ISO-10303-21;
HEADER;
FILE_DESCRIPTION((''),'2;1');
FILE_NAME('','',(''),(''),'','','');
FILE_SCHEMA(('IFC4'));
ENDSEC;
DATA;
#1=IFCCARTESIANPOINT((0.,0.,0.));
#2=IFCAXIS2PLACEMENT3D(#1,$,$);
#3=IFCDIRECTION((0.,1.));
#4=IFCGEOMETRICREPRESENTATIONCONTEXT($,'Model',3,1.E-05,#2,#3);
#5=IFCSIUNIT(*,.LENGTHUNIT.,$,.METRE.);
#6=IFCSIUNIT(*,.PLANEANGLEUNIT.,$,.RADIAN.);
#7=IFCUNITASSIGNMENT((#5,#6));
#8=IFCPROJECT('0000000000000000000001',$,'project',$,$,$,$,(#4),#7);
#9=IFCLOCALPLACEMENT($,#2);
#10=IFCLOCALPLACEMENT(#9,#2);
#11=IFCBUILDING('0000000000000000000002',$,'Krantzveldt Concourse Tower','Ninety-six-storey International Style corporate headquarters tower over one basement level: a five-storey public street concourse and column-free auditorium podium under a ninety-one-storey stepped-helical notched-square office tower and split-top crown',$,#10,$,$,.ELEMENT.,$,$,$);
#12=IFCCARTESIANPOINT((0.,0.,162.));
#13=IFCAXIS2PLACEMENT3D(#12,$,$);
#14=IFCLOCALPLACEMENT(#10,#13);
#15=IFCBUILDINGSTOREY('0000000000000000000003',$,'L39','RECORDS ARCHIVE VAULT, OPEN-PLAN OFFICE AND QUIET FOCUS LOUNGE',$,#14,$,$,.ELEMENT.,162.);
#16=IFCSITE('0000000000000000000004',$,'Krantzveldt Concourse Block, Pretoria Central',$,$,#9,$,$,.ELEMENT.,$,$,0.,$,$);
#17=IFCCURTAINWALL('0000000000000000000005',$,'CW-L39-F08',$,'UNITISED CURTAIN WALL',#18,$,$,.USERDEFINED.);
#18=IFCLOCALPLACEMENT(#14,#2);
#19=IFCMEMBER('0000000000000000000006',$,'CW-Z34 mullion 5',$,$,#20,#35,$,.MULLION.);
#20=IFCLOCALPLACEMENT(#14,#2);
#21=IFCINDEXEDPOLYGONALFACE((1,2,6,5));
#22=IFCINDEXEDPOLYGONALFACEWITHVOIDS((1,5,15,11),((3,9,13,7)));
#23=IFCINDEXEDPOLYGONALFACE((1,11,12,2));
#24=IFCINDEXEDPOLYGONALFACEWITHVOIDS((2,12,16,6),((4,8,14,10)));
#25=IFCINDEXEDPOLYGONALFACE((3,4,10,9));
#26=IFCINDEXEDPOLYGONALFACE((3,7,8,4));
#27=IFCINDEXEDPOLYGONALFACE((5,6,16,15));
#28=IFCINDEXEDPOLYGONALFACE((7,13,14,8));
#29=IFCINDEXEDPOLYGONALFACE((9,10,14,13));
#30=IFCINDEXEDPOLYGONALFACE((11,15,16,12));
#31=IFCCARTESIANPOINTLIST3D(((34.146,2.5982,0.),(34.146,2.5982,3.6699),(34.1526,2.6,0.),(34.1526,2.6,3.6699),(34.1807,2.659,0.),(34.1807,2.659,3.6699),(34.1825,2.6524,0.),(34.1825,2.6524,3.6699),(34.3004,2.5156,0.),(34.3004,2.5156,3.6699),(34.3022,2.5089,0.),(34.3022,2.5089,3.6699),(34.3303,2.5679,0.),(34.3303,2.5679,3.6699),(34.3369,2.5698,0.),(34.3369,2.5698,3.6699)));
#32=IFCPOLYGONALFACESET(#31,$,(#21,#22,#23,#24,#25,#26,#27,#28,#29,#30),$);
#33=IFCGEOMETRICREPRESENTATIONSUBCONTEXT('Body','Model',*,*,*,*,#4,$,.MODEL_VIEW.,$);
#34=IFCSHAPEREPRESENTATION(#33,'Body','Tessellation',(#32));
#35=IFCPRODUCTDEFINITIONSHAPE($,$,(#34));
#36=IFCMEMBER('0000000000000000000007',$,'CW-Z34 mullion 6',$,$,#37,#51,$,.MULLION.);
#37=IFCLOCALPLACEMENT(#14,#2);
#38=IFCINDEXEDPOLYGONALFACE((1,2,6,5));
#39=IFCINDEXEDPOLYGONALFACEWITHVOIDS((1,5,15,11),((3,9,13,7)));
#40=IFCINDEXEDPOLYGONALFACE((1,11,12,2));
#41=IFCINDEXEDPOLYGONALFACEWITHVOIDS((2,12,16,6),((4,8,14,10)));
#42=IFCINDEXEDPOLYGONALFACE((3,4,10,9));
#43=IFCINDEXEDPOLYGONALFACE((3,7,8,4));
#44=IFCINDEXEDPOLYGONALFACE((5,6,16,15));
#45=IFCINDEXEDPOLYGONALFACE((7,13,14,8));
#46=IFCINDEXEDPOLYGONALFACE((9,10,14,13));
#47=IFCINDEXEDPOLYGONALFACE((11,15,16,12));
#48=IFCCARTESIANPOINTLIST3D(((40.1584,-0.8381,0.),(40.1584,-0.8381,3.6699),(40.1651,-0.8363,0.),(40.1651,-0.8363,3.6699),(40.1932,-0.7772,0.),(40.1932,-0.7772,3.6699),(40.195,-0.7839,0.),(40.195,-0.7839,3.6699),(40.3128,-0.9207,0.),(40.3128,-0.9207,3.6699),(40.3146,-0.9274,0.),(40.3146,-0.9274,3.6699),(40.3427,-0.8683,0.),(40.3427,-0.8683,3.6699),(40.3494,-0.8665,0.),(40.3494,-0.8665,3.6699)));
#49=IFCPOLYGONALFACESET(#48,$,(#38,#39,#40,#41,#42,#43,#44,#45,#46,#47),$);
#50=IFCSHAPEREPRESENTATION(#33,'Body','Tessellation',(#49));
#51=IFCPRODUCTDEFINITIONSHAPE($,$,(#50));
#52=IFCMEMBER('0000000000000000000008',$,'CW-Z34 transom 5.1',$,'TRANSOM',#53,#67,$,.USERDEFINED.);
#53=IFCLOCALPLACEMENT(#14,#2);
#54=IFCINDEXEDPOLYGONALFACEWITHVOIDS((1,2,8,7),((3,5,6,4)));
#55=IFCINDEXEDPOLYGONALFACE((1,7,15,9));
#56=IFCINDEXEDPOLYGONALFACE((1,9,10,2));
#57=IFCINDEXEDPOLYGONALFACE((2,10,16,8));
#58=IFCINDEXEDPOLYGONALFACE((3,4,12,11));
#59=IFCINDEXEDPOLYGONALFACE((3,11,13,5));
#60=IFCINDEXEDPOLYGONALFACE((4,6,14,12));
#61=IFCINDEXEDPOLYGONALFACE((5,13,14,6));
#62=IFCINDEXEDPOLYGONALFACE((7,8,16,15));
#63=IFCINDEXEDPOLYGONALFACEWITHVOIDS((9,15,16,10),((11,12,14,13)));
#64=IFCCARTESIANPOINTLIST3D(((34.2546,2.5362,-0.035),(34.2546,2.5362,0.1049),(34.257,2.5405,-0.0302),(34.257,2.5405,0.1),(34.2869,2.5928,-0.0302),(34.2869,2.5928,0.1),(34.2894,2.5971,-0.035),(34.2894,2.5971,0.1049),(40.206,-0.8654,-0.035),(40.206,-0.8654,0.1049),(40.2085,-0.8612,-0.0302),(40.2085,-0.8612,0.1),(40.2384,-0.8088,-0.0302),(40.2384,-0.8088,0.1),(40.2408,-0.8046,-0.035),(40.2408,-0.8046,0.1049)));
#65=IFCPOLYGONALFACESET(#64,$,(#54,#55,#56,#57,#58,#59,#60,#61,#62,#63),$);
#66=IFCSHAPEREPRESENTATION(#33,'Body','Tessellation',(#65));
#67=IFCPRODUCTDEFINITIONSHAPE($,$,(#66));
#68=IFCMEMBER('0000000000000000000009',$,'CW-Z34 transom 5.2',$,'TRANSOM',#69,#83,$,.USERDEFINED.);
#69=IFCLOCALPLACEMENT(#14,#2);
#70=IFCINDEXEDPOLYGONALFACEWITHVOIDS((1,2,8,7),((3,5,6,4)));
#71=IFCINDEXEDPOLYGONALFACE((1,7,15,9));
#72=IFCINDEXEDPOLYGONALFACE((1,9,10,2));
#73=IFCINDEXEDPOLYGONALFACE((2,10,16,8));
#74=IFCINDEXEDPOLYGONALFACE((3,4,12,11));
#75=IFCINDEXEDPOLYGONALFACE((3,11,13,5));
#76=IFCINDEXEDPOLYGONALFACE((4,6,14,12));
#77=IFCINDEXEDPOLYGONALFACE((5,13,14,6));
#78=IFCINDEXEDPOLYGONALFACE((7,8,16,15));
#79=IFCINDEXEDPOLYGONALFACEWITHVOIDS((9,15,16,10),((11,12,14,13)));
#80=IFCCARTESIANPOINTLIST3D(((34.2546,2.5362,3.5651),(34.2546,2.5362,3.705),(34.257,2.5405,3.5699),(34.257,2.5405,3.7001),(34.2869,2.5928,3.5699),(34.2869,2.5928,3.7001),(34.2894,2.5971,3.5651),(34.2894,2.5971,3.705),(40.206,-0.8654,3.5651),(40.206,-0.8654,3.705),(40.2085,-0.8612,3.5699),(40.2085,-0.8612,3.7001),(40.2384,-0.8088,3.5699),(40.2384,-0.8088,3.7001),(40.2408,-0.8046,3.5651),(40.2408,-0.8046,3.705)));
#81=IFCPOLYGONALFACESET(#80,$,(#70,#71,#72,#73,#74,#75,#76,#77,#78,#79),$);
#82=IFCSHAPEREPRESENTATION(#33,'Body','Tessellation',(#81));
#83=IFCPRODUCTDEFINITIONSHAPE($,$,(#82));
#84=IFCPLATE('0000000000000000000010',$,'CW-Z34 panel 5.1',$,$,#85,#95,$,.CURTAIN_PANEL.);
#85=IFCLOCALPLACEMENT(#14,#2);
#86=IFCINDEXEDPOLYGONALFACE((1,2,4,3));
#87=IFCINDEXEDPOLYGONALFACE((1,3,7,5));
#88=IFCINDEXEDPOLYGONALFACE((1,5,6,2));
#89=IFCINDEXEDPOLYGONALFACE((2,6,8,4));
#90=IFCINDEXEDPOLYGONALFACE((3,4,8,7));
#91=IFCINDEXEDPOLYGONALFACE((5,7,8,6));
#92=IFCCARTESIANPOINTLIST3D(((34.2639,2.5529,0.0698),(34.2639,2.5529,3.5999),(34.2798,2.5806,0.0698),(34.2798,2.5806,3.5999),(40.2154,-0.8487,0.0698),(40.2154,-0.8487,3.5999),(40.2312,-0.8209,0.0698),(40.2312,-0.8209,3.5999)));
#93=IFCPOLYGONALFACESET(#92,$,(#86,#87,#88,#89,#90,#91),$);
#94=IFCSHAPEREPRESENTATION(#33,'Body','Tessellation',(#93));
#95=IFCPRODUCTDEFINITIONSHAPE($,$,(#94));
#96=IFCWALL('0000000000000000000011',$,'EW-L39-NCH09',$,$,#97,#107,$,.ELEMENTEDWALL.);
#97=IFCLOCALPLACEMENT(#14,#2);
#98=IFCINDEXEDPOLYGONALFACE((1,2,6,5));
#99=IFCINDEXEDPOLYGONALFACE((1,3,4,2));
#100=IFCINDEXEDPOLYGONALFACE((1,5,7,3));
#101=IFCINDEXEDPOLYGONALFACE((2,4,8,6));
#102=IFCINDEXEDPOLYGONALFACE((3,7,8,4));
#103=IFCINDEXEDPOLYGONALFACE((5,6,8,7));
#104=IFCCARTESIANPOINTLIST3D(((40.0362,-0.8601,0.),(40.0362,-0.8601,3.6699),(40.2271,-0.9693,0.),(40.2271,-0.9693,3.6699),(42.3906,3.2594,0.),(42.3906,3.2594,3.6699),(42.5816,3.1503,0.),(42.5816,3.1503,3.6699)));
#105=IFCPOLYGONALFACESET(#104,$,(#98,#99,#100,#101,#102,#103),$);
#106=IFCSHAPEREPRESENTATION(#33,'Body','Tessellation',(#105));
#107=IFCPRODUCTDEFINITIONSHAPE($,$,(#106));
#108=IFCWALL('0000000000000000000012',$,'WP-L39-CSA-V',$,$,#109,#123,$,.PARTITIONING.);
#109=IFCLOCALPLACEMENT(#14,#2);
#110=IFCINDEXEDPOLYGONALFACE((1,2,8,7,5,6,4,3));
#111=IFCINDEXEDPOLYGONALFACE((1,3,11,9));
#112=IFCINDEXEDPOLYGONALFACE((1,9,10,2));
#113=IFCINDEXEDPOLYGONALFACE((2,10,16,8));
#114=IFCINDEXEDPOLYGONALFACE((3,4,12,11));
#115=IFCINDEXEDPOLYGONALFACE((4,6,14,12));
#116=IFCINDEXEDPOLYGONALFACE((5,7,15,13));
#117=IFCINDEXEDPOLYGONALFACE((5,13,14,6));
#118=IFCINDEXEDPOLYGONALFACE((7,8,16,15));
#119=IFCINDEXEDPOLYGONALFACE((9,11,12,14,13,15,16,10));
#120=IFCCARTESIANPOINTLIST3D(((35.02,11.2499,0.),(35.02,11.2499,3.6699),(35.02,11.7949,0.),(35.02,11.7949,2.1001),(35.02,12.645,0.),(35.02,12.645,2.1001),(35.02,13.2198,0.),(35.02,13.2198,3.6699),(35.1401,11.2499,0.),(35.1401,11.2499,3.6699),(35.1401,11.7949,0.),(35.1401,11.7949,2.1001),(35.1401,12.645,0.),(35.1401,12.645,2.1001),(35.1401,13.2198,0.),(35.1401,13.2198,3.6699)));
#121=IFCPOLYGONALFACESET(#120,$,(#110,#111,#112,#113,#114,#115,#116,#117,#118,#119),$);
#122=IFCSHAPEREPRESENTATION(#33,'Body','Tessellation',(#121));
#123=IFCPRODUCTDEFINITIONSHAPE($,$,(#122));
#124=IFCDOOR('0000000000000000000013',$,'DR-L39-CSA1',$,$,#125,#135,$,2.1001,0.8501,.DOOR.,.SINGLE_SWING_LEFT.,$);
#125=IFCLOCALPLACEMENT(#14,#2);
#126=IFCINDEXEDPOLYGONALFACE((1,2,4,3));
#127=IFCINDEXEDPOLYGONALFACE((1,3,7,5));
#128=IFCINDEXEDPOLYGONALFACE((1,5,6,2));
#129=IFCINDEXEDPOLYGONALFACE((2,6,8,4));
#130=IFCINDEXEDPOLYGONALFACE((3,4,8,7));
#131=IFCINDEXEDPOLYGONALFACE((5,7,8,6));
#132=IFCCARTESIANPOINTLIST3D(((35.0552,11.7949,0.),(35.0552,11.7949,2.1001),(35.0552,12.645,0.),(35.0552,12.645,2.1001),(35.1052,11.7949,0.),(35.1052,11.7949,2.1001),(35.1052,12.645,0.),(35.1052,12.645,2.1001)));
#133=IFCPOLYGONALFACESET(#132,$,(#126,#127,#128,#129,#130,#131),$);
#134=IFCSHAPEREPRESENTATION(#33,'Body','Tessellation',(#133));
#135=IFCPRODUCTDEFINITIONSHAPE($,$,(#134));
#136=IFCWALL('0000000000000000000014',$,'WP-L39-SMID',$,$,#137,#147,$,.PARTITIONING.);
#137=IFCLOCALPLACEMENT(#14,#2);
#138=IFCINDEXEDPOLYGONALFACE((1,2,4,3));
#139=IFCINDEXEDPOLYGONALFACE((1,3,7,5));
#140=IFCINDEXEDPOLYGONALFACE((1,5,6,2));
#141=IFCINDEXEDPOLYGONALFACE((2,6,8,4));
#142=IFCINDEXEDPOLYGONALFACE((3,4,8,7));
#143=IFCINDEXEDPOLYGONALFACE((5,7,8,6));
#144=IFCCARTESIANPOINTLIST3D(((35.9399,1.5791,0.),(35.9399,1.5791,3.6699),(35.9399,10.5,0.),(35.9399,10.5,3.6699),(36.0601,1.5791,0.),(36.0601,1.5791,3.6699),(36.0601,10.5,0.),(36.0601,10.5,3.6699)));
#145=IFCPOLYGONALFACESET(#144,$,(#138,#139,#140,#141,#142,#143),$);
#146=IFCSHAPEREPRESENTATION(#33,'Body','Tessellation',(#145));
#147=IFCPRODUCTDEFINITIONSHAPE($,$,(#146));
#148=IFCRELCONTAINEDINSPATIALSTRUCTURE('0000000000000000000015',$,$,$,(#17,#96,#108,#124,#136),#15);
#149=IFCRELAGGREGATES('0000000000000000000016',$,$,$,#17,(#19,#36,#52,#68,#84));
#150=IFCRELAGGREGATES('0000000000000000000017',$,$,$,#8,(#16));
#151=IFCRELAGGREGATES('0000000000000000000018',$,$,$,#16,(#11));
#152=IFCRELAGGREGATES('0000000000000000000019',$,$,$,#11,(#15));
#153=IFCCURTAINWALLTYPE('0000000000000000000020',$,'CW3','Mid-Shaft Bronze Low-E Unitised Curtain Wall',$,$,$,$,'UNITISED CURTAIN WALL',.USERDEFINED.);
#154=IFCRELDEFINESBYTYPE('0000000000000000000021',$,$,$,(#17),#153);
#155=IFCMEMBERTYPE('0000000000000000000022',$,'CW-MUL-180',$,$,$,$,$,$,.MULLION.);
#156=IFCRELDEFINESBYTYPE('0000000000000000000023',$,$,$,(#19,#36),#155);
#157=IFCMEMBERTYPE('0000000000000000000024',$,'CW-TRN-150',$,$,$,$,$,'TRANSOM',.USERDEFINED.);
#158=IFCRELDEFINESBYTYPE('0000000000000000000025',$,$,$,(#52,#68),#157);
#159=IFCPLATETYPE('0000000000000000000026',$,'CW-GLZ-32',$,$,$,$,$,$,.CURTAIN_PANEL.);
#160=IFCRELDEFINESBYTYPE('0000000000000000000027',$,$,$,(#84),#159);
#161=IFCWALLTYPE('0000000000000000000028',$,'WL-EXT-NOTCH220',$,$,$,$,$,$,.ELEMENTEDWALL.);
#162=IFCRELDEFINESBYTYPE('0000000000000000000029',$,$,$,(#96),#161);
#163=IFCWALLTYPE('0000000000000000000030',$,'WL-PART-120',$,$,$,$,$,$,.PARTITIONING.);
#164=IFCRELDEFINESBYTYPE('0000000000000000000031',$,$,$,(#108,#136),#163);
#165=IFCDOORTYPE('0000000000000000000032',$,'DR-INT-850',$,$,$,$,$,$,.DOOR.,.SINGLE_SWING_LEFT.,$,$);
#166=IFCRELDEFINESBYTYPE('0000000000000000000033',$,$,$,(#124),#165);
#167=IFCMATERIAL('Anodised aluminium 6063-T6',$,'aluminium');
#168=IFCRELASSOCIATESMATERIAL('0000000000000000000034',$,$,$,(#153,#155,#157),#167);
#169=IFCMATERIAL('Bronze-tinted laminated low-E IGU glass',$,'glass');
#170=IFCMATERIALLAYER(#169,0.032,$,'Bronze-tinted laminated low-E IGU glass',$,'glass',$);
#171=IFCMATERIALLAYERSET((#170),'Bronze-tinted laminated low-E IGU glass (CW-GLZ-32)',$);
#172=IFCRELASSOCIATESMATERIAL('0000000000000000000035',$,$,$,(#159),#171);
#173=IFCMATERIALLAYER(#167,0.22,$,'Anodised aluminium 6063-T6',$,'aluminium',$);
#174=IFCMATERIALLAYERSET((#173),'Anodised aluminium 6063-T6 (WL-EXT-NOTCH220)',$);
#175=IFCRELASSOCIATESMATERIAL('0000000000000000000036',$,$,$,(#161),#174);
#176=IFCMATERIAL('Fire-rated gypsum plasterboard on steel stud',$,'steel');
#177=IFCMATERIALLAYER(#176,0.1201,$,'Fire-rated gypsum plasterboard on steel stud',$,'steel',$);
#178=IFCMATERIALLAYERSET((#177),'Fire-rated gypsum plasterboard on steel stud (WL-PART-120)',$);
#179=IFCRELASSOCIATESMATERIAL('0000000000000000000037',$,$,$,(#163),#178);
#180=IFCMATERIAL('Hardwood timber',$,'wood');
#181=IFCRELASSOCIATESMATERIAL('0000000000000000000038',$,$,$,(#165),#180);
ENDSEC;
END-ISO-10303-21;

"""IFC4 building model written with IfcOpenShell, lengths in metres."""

from ifc_helpers import new_model, si_unit, direction, frame, frame_2d, origin, origin_2d, place, context, subcontext, project, spatial, rectangle, hollow_rectangle, extrude, source, transform, mapped, material, layer, layer_set, material_profile, profile_set, type_object, type_shapes, element, fill, aggregate, save


model = new_model("IFC4")

# Units and contexts
model_context = context("Model", 3, precision=1e-05, world=origin(), true_north=direction((0.0, 1.0)))
body_context = subcontext(model_context, "Body", "Model", "MODEL_VIEW")
ifc_project = project(units=[si_unit("LENGTHUNIT", "METRE"), si_unit("PLANEANGLEUNIT", "RADIAN")], contexts=[model_context])

# Site, building, storey
site_placement = place(None, origin())
site = spatial("IfcSite", under=ifc_project, at=site_placement, Name="Krantzveldt Concourse Block, Pretoria Central", CompositionType="ELEMENT", RefElevation=0.0)
building_placement = place(site_placement, origin())
building = spatial("IfcBuilding", under=site, at=building_placement, Name="Krantzveldt Concourse Tower", Description="Ninety-six-storey International Style corporate headquarters tower over one basement level: a five-storey public street concourse and column-free auditorium podium under a ninety-one-storey stepped-helical notched-square office tower and split-top crown", CompositionType="ELEMENT")
storey_placement = place(building_placement, frame((0.0, 0.0, 162.0)))
storey = spatial("IfcBuildingStorey", under=building, at=storey_placement, Name="L39", Description="RECORDS ARCHIVE VAULT, OPEN-PLAN OFFICE AND QUIET FOCUS LOUNGE", CompositionType="ELEMENT", Elevation=162.0)

# Curtain wall, members, plate
ifc_material_1 = material(Name="Anodised aluminium 6063-T6", Category="aluminium")
curtain_wall_type = type_object("IfcCurtainWallType", Name="CW3", Description="Mid-Shaft Bronze Low-E Unitised Curtain Wall", ElementType="UNITISED CURTAIN WALL", PredefinedType="USERDEFINED", material=ifc_material_1)
curtain_wall_placement = place(storey_placement, origin())
curtain_wall = element("IfcCurtainWall", 1, at=curtain_wall_placement, inside=storey, type_object=curtain_wall_type, Name="CW-L39-F08", ObjectType="UNITISED CURTAIN WALL", PredefinedType="USERDEFINED")
ifc_material_profile_1 = material_profile(ifc_material_1, hollow_rectangle(XDim=0.0701, YDim=0.1799, WallThickness=0.0049, at=origin_2d()), Name="Anodised aluminium 6063-T6", Category="aluminium")
ifc_profile_set_1 = profile_set([ifc_material_profile_1], Name="Anodised aluminium 6063-T6 - ALU-MULL 180x70x5")
member_type_1 = type_object("IfcMemberType", Name="CW-MUL-180", PredefinedType="MULLION", material=ifc_profile_set_1)
shared_shape_1 = source(origin(), body_context, "Body", "SweptSolid", [
    extrude(hollow_rectangle(XDim=0.0701, YDim=0.1799, WallThickness=0.0049, at=origin_2d()), origin(), (0.0, 0.0, 1.0), 3.6699),
])
type_shapes(member_type_1, [shared_shape_1])
member_1_placement = place(storey_placement, frame((34.2415, 2.584, 0.0), z_axis=(0.0, 0.0, 1.0), x_axis=(0.496216, 0.868199, 0.0)))
member_1 = element("IfcMember", 2, at=member_1_placement, type_object=member_type_1, Name="CW-Z34 mullion 5", PredefinedType="MULLION", context=body_context, shape_type="MappedRepresentation", body=[
    mapped(shared_shape_1, transform((0.0, 0.0, 0.0), x_axis=(1.0, 0.0, 0.0), y_axis=(0.0, 1.0, 0.0), z_axis=(0.0, 0.0, 1.0), scale=1.0)),
])
member_2_placement = place(storey_placement, frame((40.2539, -0.8523, 0.0), z_axis=(0.0, 0.0, 1.0), x_axis=(0.496216, 0.868199, 0.0)))
member_2 = element("IfcMember", 3, at=member_2_placement, type_object=member_type_1, Name="CW-Z34 mullion 6", PredefinedType="MULLION", context=body_context, shape_type="MappedRepresentation", body=[
    mapped(shared_shape_1, transform((0.0, 0.0, 0.0), x_axis=(1.0, 0.0, 0.0), y_axis=(0.0, 1.0, 0.0), z_axis=(0.0, 0.0, 1.0), scale=1.0)),
])
ifc_material_profile_2 = material_profile(ifc_material_1, hollow_rectangle(XDim=0.0701, YDim=0.1399, WallThickness=0.0049, at=origin_2d()), Name="Anodised aluminium 6063-T6", Category="aluminium")
ifc_profile_set_2 = profile_set([ifc_material_profile_2], Name="Anodised aluminium 6063-T6 - ALU-TRAN 140x70x5")
member_type_2 = type_object("IfcMemberType", Name="CW-TRN-150", ElementType="TRANSOM", PredefinedType="USERDEFINED", material=ifc_profile_set_2)
shared_shape_2 = source(origin(), body_context, "Body", "SweptSolid", [
    extrude(hollow_rectangle(XDim=0.0701, YDim=0.1399, WallThickness=0.0049, at=origin_2d()), origin(), (0.0, 0.0, 1.0), 6.855),
])
type_shapes(member_type_2, [shared_shape_2])
member_3_placement = place(storey_placement, frame((34.272, 2.5667, 0.0349), z_axis=(0.868193, -0.496227, 0.0), x_axis=(0.496227, 0.868193, 0.0)))
member_3 = element("IfcMember", 4, at=member_3_placement, type_object=member_type_2, Name="CW-Z34 transom 5.1", ObjectType="TRANSOM", PredefinedType="USERDEFINED", context=body_context, shape_type="MappedRepresentation", body=[
    mapped(shared_shape_2, transform((0.0, 0.0, 0.0), x_axis=(1.0, 0.0, 0.0), y_axis=(0.0, 1.0, 0.0), z_axis=(0.0, 0.0, 1.0), scale=1.0)),
])
member_4_placement = place(storey_placement, frame((34.272, 2.5667, 3.635), z_axis=(0.868193, -0.496227, 0.0), x_axis=(0.496227, 0.868193, 0.0)))
member_4 = element("IfcMember", 5, at=member_4_placement, type_object=member_type_2, Name="CW-Z34 transom 5.2", ObjectType="TRANSOM", PredefinedType="USERDEFINED", context=body_context, shape_type="MappedRepresentation", body=[
    mapped(shared_shape_2, transform((0.0, 0.0, 0.0), x_axis=(1.0, 0.0, 0.0), y_axis=(0.0, 1.0, 0.0), z_axis=(0.0, 0.0, 1.0), scale=1.0)),
])
ifc_material_2 = material(Name="Bronze-tinted laminated low-E IGU glass", Category="glass")
ifc_layer_1 = layer(ifc_material_2, 0.032, Name="Bronze-tinted laminated low-E IGU glass", Category="glass")
ifc_layer_set_1 = layer_set([ifc_layer_1], Name="Bronze-tinted laminated low-E IGU glass (CW-GLZ-32)")
plate_type = type_object("IfcPlateType", Name="CW-GLZ-32", PredefinedType="CURTAIN_PANEL", material=ifc_layer_set_1)
shared_shape_3 = source(origin(), body_context, "Body", "SweptSolid", [
    extrude(rectangle(XDim=6.855, YDim=0.032, at=origin_2d()), origin(), (0.0, 0.0, 1.0), 3.53),
])
type_shapes(plate_type, [shared_shape_3])
plate_placement = place(storey_placement, frame((37.2476, 0.866, 0.0698), z_axis=(0.0, 0.0, 1.0), x_axis=(0.868199, -0.496216, 0.0)))
plate = element("IfcPlate", 6, at=plate_placement, type_object=plate_type, Name="CW-Z34 panel 5.1", PredefinedType="CURTAIN_PANEL", context=body_context, shape_type="MappedRepresentation", body=[
    mapped(shared_shape_3, transform((0.0, 0.0, 0.0), x_axis=(1.0, 0.0, 0.0), y_axis=(0.0, 1.0, 0.0), z_axis=(0.0, 0.0, 1.0), scale=1.0)),
])
aggregate(curtain_wall, [member_1, member_2, member_3, member_4, plate])

# Wall
ifc_layer_2 = layer(ifc_material_1, 0.22, Name="Anodised aluminium 6063-T6", Category="aluminium")
ifc_layer_set_2 = layer_set([ifc_layer_2], Name="Anodised aluminium 6063-T6 (WL-EXT-NOTCH220)")
wall_type_1 = type_object("IfcWallType", Name="WL-EXT-NOTCH220", PredefinedType="ELEMENTEDWALL", material=ifc_layer_set_2)
wall_1_placement = place(storey_placement, frame((40.1316, -0.9148, 0.0), z_axis=(0.0, 0.0, 1.0), x_axis=(0.496205, 0.868205, 0.0)))
element("IfcWall", 7, at=wall_1_placement, inside=storey, type_object=wall_type_1, Name="EW-L39-NCH09", PredefinedType="ELEMENTEDWALL", context=body_context, shape_type="SweptSolid", body=[
    extrude(rectangle(XDim=4.7449, YDim=0.22, at=frame_2d((2.3726, 0.0))), origin(), (0.0, 0.0, 1.0), 3.6699),
])

# Wall, opening, door
ifc_material_3 = material(Name="Fire-rated gypsum plasterboard on steel stud", Category="steel")
ifc_layer_3 = layer(ifc_material_3, 0.1201, Name="Fire-rated gypsum plasterboard on steel stud", Category="steel")
ifc_layer_set_3 = layer_set([ifc_layer_3], Name="Fire-rated gypsum plasterboard on steel stud (WL-PART-120)")
wall_type_2 = type_object("IfcWallType", Name="WL-PART-120", PredefinedType="PARTITIONING", material=ifc_layer_set_3)
wall_2_placement = place(storey_placement, frame((35.0801, 11.25, 0.0), z_axis=(0.0, 0.0, 1.0), x_axis=(0.0, 1.0, 0.0)))
wall_2 = element("IfcWall", 8, at=wall_2_placement, inside=storey, type_object=wall_type_2, Name="WP-L39-CSA-V", PredefinedType="PARTITIONING", context=body_context, shape_type="SweptSolid", body=[
    extrude(rectangle(XDim=1.97, YDim=0.1201, at=frame_2d((0.9849, 0.0))), origin(), (0.0, 0.0, 1.0), 3.6699),
])
opening_1_placement = place(wall_2_placement, frame((0.5449, 0.0, 0.0)))
opening_1 = element("IfcOpeningElement", 9, at=opening_1_placement, cuts=wall_2, PredefinedType="OPENING", context=body_context, shape_type="SweptSolid", body=[
    extrude(rectangle(XDim=0.8501, YDim=2.1001, at=frame_2d((0.425, 1.05))), frame((0.0, 0.0701, 0.0), z_axis=(0.0, -1.0, 0.0), x_axis=(1.0, 0.0, 0.0)), (0.0, 0.0, 1.0), 0.1401),
])
ifc_material_4 = material(Name="Hardwood timber", Category="wood")
door_type_1 = type_object("IfcDoorType", Name="DR-INT-850", OperationType="SINGLE_SWING_LEFT", PredefinedType="DOOR", material=ifc_material_4)
door_1_placement = place(opening_1_placement, origin())
door_1 = element("IfcDoor", 10, at=door_1_placement, inside=storey, type_object=door_type_1, Name="DR-L39-CSA1", OperationType="SINGLE_SWING_LEFT", OverallHeight=2.1001, OverallWidth=0.8501, PredefinedType="DOOR", context=body_context, shape_type="SweptSolid", body=[
    extrude(rectangle(XDim=0.8501, YDim=2.1001, at=frame_2d((0.425, 1.05))), frame((0.0, 0.0249, 0.0), z_axis=(0.0, -1.0, 0.0), x_axis=(1.0, 0.0, 0.0)), (0.0, 0.0, 1.0), 0.05),
])
fill(opening_1, door_1)

# Wall
wall_3_placement = place(storey_placement, frame((36.0, 1.5791, 0.0), z_axis=(0.0, 0.0, 1.0), x_axis=(0.0, 1.0, 0.0)))
element("IfcWall", 11, at=wall_3_placement, inside=storey, type_object=wall_type_2, Name="WP-L39-SMID", PredefinedType="PARTITIONING", context=body_context, shape_type="SweptSolid", body=[
    extrude(rectangle(XDim=8.9209, YDim=0.1201, at=frame_2d((4.4604, 0.0))), origin(), (0.0, 0.0, 1.0), 3.6699),
])

save(model, "model.ifc")
